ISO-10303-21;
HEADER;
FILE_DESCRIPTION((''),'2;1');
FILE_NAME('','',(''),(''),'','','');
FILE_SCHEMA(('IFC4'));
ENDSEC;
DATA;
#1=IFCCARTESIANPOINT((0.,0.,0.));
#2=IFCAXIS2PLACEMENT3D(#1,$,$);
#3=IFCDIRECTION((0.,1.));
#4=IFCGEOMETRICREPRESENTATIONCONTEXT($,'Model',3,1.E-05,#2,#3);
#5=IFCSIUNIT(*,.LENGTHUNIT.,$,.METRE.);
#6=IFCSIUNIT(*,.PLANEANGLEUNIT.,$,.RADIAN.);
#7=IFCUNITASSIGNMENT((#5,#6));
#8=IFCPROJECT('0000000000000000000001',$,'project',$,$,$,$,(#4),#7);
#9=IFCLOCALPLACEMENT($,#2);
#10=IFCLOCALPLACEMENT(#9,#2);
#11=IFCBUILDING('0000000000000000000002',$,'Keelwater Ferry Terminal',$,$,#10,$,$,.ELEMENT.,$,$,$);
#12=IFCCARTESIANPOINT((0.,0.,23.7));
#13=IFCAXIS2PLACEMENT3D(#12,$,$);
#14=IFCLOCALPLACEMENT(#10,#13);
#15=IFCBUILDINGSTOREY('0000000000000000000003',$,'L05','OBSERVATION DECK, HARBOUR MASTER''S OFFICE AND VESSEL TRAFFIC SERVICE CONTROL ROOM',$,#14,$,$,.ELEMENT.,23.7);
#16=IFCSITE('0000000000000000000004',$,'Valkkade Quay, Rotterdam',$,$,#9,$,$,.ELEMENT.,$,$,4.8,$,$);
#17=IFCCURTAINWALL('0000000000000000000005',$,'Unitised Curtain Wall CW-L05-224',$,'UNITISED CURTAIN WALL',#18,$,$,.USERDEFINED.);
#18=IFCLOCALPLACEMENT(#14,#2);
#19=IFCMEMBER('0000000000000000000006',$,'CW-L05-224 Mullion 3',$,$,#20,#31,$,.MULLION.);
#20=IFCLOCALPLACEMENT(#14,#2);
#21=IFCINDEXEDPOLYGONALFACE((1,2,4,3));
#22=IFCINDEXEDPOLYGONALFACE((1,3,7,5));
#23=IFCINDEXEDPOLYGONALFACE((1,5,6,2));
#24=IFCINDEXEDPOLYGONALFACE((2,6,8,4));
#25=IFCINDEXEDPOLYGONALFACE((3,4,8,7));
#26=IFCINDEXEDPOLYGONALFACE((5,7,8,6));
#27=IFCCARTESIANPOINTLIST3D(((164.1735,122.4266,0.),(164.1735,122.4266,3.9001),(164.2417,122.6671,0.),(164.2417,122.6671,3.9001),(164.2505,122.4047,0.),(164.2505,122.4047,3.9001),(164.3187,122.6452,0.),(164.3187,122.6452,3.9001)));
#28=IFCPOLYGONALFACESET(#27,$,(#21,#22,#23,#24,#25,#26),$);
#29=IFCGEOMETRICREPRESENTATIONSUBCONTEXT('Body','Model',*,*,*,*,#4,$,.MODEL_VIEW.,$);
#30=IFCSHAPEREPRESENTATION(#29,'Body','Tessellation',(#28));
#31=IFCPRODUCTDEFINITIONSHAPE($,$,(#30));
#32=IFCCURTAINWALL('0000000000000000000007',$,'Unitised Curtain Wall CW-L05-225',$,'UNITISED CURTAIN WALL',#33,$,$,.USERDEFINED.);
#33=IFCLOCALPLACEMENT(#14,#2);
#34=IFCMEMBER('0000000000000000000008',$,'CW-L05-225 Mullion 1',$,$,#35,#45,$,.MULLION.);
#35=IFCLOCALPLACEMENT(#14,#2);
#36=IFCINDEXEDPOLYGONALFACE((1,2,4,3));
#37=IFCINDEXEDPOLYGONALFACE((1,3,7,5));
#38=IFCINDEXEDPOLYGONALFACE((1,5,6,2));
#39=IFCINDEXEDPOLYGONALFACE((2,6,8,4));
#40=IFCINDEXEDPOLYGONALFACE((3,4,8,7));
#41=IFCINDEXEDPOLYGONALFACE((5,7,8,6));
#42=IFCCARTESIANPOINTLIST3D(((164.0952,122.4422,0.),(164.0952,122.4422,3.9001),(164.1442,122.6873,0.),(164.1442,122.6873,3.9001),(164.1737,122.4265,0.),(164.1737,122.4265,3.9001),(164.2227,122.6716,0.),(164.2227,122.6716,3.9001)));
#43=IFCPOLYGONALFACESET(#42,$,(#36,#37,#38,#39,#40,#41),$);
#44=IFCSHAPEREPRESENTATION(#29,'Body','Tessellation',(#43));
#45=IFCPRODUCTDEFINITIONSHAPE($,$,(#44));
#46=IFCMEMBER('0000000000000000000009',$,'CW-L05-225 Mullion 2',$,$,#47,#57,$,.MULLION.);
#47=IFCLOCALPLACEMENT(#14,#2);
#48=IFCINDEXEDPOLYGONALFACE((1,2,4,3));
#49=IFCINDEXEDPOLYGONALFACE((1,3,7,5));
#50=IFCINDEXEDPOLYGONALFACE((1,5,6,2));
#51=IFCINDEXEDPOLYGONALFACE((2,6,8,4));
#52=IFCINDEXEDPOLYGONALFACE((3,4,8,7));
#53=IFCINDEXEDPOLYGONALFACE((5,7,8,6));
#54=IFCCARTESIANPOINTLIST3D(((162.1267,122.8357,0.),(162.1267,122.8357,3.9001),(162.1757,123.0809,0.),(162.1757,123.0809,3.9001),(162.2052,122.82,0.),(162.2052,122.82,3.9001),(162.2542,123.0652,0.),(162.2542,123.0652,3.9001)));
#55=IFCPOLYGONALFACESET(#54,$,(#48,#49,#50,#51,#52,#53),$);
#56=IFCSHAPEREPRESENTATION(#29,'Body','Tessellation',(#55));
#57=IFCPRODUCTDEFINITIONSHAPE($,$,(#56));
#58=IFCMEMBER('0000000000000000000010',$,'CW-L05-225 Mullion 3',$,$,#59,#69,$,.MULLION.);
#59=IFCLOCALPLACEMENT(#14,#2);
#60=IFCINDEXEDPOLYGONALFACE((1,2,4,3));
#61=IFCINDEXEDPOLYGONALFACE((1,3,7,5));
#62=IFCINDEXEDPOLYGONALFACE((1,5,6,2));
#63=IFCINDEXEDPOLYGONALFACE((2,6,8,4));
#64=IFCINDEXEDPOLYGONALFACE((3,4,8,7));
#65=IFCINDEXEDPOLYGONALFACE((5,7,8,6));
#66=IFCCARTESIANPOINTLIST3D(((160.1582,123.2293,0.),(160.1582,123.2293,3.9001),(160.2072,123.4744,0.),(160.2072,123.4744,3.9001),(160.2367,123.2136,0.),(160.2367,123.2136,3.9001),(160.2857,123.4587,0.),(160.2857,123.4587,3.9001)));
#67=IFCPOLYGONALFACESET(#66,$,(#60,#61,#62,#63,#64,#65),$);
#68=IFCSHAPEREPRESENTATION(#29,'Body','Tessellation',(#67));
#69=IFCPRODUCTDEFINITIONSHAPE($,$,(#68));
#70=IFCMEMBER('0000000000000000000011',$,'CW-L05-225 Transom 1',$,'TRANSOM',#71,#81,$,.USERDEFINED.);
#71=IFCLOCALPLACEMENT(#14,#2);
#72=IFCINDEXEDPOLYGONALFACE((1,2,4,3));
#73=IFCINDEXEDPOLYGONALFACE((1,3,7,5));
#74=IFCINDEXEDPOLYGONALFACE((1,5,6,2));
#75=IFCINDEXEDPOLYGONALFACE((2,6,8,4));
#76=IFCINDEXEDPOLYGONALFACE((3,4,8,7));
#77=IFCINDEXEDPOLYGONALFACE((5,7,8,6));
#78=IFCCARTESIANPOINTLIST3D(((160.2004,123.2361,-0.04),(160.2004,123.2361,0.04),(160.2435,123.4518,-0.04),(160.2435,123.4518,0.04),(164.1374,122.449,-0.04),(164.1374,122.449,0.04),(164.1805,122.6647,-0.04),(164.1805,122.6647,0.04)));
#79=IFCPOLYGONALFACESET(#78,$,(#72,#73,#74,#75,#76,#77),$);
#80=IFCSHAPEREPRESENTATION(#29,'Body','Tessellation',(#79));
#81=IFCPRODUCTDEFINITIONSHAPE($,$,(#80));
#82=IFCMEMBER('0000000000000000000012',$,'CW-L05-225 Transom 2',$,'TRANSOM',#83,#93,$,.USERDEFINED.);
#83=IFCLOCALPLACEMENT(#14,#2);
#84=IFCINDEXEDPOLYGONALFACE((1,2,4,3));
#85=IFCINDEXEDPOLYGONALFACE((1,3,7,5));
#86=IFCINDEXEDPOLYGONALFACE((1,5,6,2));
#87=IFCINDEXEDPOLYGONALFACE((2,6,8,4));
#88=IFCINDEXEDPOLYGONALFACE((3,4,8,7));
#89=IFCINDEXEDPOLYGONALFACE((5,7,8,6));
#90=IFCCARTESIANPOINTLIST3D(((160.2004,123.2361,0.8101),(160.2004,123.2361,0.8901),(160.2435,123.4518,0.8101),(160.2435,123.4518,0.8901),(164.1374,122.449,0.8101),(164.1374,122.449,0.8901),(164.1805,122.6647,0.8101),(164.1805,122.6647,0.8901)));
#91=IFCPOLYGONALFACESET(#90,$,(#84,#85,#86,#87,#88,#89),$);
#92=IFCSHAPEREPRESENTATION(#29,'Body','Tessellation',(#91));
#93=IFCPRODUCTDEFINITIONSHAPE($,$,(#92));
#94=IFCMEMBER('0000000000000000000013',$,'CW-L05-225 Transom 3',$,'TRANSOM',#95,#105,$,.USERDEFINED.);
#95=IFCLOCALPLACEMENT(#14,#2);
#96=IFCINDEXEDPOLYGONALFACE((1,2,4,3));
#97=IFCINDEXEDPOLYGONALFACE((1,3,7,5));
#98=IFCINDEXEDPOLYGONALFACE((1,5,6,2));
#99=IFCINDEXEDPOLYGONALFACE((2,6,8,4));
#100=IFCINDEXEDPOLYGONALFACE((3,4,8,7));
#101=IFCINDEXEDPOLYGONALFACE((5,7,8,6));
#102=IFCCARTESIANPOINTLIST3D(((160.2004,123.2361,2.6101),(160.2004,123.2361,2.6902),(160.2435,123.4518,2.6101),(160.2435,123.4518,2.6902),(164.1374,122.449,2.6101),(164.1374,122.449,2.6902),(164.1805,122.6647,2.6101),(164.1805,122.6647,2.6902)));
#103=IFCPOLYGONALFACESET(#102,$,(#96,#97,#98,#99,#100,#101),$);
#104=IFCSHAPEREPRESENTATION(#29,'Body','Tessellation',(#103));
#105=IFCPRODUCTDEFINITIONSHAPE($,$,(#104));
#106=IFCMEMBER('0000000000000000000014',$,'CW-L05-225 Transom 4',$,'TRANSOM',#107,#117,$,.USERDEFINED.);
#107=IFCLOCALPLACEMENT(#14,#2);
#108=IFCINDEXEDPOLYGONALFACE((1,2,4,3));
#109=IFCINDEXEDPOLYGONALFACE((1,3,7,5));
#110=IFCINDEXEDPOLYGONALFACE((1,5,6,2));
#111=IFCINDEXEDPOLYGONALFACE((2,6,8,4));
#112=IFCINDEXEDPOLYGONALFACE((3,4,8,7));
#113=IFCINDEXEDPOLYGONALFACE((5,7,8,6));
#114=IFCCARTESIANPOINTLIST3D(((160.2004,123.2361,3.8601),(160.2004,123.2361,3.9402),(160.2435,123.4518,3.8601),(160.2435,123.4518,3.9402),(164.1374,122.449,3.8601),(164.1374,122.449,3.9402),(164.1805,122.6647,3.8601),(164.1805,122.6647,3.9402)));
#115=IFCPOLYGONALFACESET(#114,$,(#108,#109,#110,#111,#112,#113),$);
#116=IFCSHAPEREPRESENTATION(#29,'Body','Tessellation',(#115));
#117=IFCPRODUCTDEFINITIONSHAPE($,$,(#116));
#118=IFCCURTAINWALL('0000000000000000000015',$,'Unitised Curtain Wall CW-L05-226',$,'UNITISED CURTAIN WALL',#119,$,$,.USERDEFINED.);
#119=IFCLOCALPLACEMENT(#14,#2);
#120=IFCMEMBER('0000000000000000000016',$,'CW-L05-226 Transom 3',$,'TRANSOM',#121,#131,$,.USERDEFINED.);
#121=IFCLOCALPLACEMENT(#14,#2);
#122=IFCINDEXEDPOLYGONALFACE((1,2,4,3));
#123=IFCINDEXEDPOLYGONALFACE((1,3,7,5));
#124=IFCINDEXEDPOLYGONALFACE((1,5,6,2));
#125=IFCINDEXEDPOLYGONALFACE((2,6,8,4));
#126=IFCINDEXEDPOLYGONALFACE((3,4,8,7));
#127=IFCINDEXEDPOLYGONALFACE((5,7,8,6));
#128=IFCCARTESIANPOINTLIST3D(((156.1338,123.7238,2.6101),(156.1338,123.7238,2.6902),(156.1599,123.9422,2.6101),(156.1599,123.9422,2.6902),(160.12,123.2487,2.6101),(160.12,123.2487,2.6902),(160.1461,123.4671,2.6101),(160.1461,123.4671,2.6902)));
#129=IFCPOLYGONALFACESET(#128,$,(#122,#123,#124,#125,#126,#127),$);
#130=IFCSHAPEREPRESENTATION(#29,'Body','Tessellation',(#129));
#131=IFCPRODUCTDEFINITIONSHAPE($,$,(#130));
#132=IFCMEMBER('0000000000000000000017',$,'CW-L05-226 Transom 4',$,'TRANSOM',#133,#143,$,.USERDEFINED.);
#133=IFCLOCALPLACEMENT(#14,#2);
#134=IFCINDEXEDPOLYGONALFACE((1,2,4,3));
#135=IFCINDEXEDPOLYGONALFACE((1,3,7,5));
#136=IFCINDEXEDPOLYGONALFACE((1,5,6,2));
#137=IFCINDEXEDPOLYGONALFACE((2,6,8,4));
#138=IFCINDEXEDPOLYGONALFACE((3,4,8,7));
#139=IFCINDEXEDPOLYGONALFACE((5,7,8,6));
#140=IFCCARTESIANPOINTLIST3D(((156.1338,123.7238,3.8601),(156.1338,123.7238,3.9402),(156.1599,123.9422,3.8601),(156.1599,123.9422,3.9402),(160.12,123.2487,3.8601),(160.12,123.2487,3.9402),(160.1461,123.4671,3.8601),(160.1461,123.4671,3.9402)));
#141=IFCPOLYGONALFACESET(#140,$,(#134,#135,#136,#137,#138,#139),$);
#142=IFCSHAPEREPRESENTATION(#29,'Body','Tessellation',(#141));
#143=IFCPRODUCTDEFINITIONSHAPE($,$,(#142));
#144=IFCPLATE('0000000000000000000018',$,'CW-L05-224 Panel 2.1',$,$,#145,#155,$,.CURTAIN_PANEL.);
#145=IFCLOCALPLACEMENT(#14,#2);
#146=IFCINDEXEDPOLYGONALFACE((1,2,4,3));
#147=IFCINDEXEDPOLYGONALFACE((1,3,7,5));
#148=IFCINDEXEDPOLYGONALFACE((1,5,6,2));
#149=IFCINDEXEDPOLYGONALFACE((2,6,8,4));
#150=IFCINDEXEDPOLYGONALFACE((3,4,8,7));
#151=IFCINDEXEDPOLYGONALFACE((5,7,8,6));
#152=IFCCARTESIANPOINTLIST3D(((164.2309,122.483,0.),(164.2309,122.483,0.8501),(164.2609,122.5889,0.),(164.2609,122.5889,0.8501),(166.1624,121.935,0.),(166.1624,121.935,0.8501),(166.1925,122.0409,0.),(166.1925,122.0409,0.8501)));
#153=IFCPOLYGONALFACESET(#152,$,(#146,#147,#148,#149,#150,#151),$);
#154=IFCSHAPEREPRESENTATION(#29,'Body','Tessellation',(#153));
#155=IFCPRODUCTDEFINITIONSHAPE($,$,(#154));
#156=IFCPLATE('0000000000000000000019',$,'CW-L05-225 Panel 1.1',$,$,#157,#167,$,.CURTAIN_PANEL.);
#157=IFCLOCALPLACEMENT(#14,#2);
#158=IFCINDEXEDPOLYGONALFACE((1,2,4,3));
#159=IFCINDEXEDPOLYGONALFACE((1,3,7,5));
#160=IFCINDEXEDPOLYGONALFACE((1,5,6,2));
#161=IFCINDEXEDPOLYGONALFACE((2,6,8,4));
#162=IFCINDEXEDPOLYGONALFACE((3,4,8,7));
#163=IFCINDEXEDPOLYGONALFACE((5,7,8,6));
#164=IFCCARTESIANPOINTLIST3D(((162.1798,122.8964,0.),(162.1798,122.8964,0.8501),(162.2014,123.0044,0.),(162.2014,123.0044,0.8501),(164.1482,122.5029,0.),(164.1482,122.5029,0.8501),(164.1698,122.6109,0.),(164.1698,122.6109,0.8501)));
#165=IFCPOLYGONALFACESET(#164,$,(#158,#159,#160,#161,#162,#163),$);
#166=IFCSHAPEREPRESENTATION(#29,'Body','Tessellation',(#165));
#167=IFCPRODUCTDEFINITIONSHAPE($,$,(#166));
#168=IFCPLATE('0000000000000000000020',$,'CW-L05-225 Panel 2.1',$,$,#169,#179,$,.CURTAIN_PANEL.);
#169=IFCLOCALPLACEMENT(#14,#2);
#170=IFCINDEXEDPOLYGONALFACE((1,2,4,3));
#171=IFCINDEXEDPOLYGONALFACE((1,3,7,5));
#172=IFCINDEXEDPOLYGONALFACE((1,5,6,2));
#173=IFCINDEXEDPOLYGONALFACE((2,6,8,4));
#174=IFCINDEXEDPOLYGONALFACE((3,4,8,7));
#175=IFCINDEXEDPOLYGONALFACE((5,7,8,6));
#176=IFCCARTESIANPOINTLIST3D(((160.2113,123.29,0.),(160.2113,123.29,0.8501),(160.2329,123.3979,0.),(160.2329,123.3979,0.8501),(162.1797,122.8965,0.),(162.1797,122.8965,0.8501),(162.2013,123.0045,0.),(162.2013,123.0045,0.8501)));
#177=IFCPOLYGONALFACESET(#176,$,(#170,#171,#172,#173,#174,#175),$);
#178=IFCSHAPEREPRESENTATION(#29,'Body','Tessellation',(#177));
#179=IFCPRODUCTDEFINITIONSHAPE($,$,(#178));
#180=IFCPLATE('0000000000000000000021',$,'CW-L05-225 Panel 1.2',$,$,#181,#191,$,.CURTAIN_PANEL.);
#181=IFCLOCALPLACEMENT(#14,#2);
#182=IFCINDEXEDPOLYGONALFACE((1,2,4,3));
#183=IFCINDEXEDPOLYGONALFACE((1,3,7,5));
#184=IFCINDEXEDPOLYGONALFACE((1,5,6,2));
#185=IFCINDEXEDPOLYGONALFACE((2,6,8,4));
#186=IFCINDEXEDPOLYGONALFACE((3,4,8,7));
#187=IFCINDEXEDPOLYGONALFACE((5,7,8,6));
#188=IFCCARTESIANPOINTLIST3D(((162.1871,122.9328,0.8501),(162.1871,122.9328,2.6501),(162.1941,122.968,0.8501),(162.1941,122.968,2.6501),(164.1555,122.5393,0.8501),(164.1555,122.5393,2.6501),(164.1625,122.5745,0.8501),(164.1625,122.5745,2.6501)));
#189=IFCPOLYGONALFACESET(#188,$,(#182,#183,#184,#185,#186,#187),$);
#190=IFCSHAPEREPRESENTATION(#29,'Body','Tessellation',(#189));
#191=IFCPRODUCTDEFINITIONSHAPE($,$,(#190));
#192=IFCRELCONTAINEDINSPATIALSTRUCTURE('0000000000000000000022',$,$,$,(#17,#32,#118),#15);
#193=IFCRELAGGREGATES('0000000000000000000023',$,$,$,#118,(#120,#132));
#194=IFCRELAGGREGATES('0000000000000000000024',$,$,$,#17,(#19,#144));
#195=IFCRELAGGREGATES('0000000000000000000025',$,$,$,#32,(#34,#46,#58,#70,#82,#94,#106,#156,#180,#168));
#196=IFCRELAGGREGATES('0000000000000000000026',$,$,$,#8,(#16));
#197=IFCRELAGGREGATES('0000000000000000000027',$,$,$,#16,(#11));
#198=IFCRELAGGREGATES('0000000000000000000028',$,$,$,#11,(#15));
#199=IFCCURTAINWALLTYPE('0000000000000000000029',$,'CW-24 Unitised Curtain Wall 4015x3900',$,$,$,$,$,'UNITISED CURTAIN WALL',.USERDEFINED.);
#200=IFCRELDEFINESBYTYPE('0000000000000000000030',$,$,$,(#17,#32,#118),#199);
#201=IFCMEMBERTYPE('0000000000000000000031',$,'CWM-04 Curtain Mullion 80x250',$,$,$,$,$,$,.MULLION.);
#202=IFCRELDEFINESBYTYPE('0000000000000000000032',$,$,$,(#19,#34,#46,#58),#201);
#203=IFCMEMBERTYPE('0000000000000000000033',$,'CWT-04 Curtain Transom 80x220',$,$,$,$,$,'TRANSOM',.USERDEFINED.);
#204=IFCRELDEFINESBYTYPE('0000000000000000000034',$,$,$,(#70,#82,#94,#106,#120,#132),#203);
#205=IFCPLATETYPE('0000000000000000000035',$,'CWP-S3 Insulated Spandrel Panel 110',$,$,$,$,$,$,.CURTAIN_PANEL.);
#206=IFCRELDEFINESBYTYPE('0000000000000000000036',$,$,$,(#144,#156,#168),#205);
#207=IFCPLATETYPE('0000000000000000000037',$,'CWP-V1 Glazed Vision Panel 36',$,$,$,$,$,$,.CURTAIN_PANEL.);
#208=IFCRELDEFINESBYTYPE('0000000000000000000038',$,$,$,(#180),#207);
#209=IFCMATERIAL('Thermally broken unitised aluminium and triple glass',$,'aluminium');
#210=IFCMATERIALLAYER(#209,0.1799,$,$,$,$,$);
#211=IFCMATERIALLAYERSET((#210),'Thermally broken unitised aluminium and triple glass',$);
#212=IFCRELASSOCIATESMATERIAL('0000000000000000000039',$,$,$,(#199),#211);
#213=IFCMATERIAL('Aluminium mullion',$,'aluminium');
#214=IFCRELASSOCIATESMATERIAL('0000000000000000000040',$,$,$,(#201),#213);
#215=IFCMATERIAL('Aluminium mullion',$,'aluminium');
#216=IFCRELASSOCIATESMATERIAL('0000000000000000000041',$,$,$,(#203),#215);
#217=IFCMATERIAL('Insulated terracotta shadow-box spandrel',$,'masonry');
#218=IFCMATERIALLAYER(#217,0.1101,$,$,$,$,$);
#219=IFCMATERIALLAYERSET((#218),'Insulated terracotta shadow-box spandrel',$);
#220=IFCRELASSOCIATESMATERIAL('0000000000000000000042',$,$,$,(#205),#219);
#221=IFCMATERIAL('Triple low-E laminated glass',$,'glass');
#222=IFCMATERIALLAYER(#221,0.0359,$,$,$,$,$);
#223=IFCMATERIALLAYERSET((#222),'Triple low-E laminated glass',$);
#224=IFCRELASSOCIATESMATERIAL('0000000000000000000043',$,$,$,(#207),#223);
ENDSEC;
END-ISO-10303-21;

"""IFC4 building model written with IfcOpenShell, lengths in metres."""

from ifc_helpers import new_model, si_unit, direction, frame, origin, origin_2d, place, context, subcontext, project, spatial, rectangle, extrude, material, layer, layer_set, material_profile, profile_set, type_object, element, aggregate, save


model = new_model("IFC4")

# Units and contexts
model_context = context("Model", 3, precision=1e-05, world=origin(), true_north=direction((0.0, 1.0)))
body_context = subcontext(model_context, "Body", "Model", "MODEL_VIEW")
ifc_project = project(units=[si_unit("LENGTHUNIT", "METRE"), si_unit("PLANEANGLEUNIT", "RADIAN")], contexts=[model_context])

# Site, building, storey
site_placement = place(None, origin())
site = spatial("IfcSite", under=ifc_project, at=site_placement, Name="Valkkade Quay, Rotterdam", CompositionType="ELEMENT", RefElevation=4.8)
building_placement = place(site_placement, origin())
building = spatial("IfcBuilding", under=site, at=building_placement, Name="Keelwater Ferry Terminal", CompositionType="ELEMENT")
storey_placement = place(building_placement, frame((0.0, 0.0, 23.7)))
storey = spatial("IfcBuildingStorey", under=building, at=storey_placement, Name="L05", Description="OBSERVATION DECK, HARBOUR MASTER'S OFFICE AND VESSEL TRAFFIC SERVICE CONTROL ROOM", CompositionType="ELEMENT", Elevation=23.7)

# Curtain wall, member
ifc_material_1 = material(Name="Thermally broken unitised aluminium and triple glass", Category="aluminium")
ifc_layer_1 = layer(ifc_material_1, 0.1799)
ifc_layer_set_1 = layer_set([ifc_layer_1], Name="Thermally broken unitised aluminium and triple glass")
curtain_wall_type = type_object("IfcCurtainWallType", Name="CW-24 Unitised Curtain Wall 4015x3900", ElementType="UNITISED CURTAIN WALL", PredefinedType="USERDEFINED", material=ifc_layer_set_1)
curtain_wall_1_placement = place(storey_placement, origin())
curtain_wall_1 = element("IfcCurtainWall", 1, at=curtain_wall_1_placement, inside=storey, type_object=curtain_wall_type, Name="Unitised Curtain Wall CW-L05-224", ObjectType="UNITISED CURTAIN WALL", PredefinedType="USERDEFINED")
ifc_material_2 = material(Name="Aluminium mullion", Category="aluminium")
ifc_material_profile_1 = material_profile(ifc_material_2, rectangle(XDim=0.0801, YDim=0.25, at=origin_2d()), Name="CWM-04")
ifc_profile_set_1 = profile_set([ifc_material_profile_1], Name="Aluminium mullion")
member_type_1 = type_object("IfcMemberType", Name="CWM-04 Curtain Mullion 80x250", PredefinedType="MULLION", material=ifc_profile_set_1)
member_1_placement = place(storey_placement, frame((164.2461, 122.5359, 0.0), z_axis=(0.0, 0.0, 1.0), x_axis=(-0.96203, 0.272945, 0.0)))
member_1 = element("IfcMember", 2, at=member_1_placement, type_object=member_type_1, Name="CW-L05-224 Mullion 3", PredefinedType="MULLION", context=body_context, shape_type="SweptSolid", body=[
    extrude(rectangle(XDim=0.0801, YDim=0.25, at=origin_2d()), origin(), (0.0, 0.0, 1.0), 3.9001),
])

# Curtain walls, members
curtain_wall_2_placement = place(storey_placement, origin())
curtain_wall_2 = element("IfcCurtainWall", 3, at=curtain_wall_2_placement, inside=storey, type_object=curtain_wall_type, Name="Unitised Curtain Wall CW-L05-225", ObjectType="UNITISED CURTAIN WALL", PredefinedType="USERDEFINED")
member_2_placement = place(storey_placement, frame((164.1589, 122.5569, 0.0), z_axis=(0.0, 0.0, 1.0), x_axis=(-0.9806, 0.19602, 0.0)))
member_2 = element("IfcMember", 4, at=member_2_placement, type_object=member_type_1, Name="CW-L05-225 Mullion 1", PredefinedType="MULLION", context=body_context, shape_type="SweptSolid", body=[
    extrude(rectangle(XDim=0.0801, YDim=0.25, at=origin_2d()), origin(), (0.0, 0.0, 1.0), 3.9001),
])
member_3_placement = place(storey_placement, frame((162.1904, 122.9504, 0.0), z_axis=(0.0, 0.0, 1.0), x_axis=(-0.9806, 0.19602, 0.0)))
member_3 = element("IfcMember", 5, at=member_3_placement, type_object=member_type_1, Name="CW-L05-225 Mullion 2", PredefinedType="MULLION", context=body_context, shape_type="SweptSolid", body=[
    extrude(rectangle(XDim=0.0801, YDim=0.25, at=origin_2d()), origin(), (0.0, 0.0, 1.0), 3.9001),
])
member_4_placement = place(storey_placement, frame((160.2219, 123.344, 0.0), z_axis=(0.0, 0.0, 1.0), x_axis=(-0.9806, 0.19602, 0.0)))
member_4 = element("IfcMember", 6, at=member_4_placement, type_object=member_type_1, Name="CW-L05-225 Mullion 3", PredefinedType="MULLION", context=body_context, shape_type="SweptSolid", body=[
    extrude(rectangle(XDim=0.0801, YDim=0.25, at=origin_2d()), origin(), (0.0, 0.0, 1.0), 3.9001),
])
ifc_material_3 = material(Name="Aluminium mullion", Category="aluminium")
ifc_material_profile_2 = material_profile(ifc_material_3, rectangle(XDim=0.22, YDim=0.0801, at=origin_2d()), Name="CWT-04")
ifc_profile_set_2 = profile_set([ifc_material_profile_2], Name="Aluminium mullion")
member_type_2 = type_object("IfcMemberType", Name="CWT-04 Curtain Transom 80x220", ElementType="TRANSOM", PredefinedType="USERDEFINED", material=ifc_profile_set_2)
member_5_placement = place(storey_placement, frame((164.1589, 122.5569, 0.0), z_axis=(-0.980595, 0.196046, 0.0), x_axis=(-0.196046, -0.980595, 0.0)))
member_5 = element("IfcMember", 7, at=member_5_placement, type_object=member_type_2, Name="CW-L05-225 Transom 1", ObjectType="TRANSOM", PredefinedType="USERDEFINED", context=body_context, shape_type="SweptSolid", body=[
    extrude(rectangle(XDim=0.22, YDim=0.0801, at=origin_2d()), origin(), (0.0, 0.0, 1.0), 4.0149),
])
member_6_placement = place(storey_placement, frame((164.1589, 122.5569, 0.8501), z_axis=(-0.980595, 0.196046, 0.0), x_axis=(-0.196046, -0.980595, 0.0)))
member_6 = element("IfcMember", 8, at=member_6_placement, type_object=member_type_2, Name="CW-L05-225 Transom 2", ObjectType="TRANSOM", PredefinedType="USERDEFINED", context=body_context, shape_type="SweptSolid", body=[
    extrude(rectangle(XDim=0.22, YDim=0.0801, at=origin_2d()), origin(), (0.0, 0.0, 1.0), 4.0149),
])
member_7_placement = place(storey_placement, frame((164.1589, 122.5569, 2.6501), z_axis=(-0.980595, 0.196046, 0.0), x_axis=(-0.196046, -0.980595, 0.0)))
member_7 = element("IfcMember", 9, at=member_7_placement, type_object=member_type_2, Name="CW-L05-225 Transom 3", ObjectType="TRANSOM", PredefinedType="USERDEFINED", context=body_context, shape_type="SweptSolid", body=[
    extrude(rectangle(XDim=0.22, YDim=0.0801, at=origin_2d()), origin(), (0.0, 0.0, 1.0), 4.0149),
])
member_8_placement = place(storey_placement, frame((164.1589, 122.5569, 3.9001), z_axis=(-0.980595, 0.196046, 0.0), x_axis=(-0.196046, -0.980595, 0.0)))
member_8 = element("IfcMember", 10, at=member_8_placement, type_object=member_type_2, Name="CW-L05-225 Transom 4", ObjectType="TRANSOM", PredefinedType="USERDEFINED", context=body_context, shape_type="SweptSolid", body=[
    extrude(rectangle(XDim=0.22, YDim=0.0801, at=origin_2d()), origin(), (0.0, 0.0, 1.0), 4.0149),
])
curtain_wall_3_placement = place(storey_placement, origin())
curtain_wall_3 = element("IfcCurtainWall", 11, at=curtain_wall_3_placement, inside=storey, type_object=curtain_wall_type, Name="Unitised Curtain Wall CW-L05-226", ObjectType="UNITISED CURTAIN WALL", PredefinedType="USERDEFINED")
member_9_placement = place(storey_placement, frame((160.1331, 123.3579, 2.6501), z_axis=(-0.992972, 0.118351, 0.0), x_axis=(-0.118351, -0.992972, 0.0)))
member_9 = element("IfcMember", 12, at=member_9_placement, type_object=member_type_2, Name="CW-L05-226 Transom 3", ObjectType="TRANSOM", PredefinedType="USERDEFINED", context=body_context, shape_type="SweptSolid", body=[
    extrude(rectangle(XDim=0.22, YDim=0.0801, at=origin_2d()), origin(), (0.0, 0.0, 1.0), 4.0144),
])
member_10_placement = place(storey_placement, frame((160.1331, 123.3579, 3.9001), z_axis=(-0.992972, 0.118351, 0.0), x_axis=(-0.118351, -0.992972, 0.0)))
member_10 = element("IfcMember", 13, at=member_10_placement, type_object=member_type_2, Name="CW-L05-226 Transom 4", ObjectType="TRANSOM", PredefinedType="USERDEFINED", context=body_context, shape_type="SweptSolid", body=[
    extrude(rectangle(XDim=0.22, YDim=0.0801, at=origin_2d()), origin(), (0.0, 0.0, 1.0), 4.0144),
])
aggregate(curtain_wall_3, [member_9, member_10])

# Plates
ifc_material_4 = material(Name="Insulated terracotta shadow-box spandrel", Category="masonry")
ifc_layer_2 = layer(ifc_material_4, 0.1101)
ifc_layer_set_2 = layer_set([ifc_layer_2], Name="Insulated terracotta shadow-box spandrel")
plate_type_1 = type_object("IfcPlateType", Name="CWP-S3 Insulated Spandrel Panel 110", PredefinedType="CURTAIN_PANEL", material=ifc_layer_set_2)
plate_1_placement = place(storey_placement, frame((165.2117, 122.262, 0.0), z_axis=(0.0, 0.0, 1.0), x_axis=(-0.96203, 0.272945, 0.0)))
plate_1 = element("IfcPlate", 14, at=plate_1_placement, type_object=plate_type_1, Name="CW-L05-224 Panel 2.1", PredefinedType="CURTAIN_PANEL", context=body_context, shape_type="SweptSolid", body=[
    extrude(rectangle(XDim=2.0078, YDim=0.1101, at=origin_2d()), origin(), (0.0, 0.0, 1.0), 0.8501),
])
aggregate(curtain_wall_1, [member_1, plate_1])
plate_2_placement = place(storey_placement, frame((163.1748, 122.7537, 0.0), z_axis=(0.0, 0.0, 1.0), x_axis=(-0.9806, 0.19602, 0.0)))
plate_2 = element("IfcPlate", 15, at=plate_2_placement, type_object=plate_type_1, Name="CW-L05-225 Panel 1.1", PredefinedType="CURTAIN_PANEL", context=body_context, shape_type="SweptSolid", body=[
    extrude(rectangle(XDim=2.0073, YDim=0.1101, at=origin_2d()), origin(), (0.0, 0.0, 1.0), 0.8501),
])
plate_3_placement = place(storey_placement, frame((161.2063, 123.1472, 0.0), z_axis=(0.0, 0.0, 1.0), x_axis=(-0.9806, 0.19602, 0.0)))
plate_3 = element("IfcPlate", 16, at=plate_3_placement, type_object=plate_type_1, Name="CW-L05-225 Panel 2.1", PredefinedType="CURTAIN_PANEL", context=body_context, shape_type="SweptSolid", body=[
    extrude(rectangle(XDim=2.0073, YDim=0.1101, at=origin_2d()), origin(), (0.0, 0.0, 1.0), 0.8501),
])
ifc_material_5 = material(Name="Triple low-E laminated glass", Category="glass")
ifc_layer_3 = layer(ifc_material_5, 0.0359)
ifc_layer_set_3 = layer_set([ifc_layer_3], Name="Triple low-E laminated glass")
plate_type_2 = type_object("IfcPlateType", Name="CWP-V1 Glazed Vision Panel 36", PredefinedType="CURTAIN_PANEL", material=ifc_layer_set_3)
plate_4_placement = place(storey_placement, frame((163.1748, 122.7537, 0.8501), z_axis=(0.0, 0.0, 1.0), x_axis=(-0.9806, 0.19602, 0.0)))
plate_4 = element("IfcPlate", 17, at=plate_4_placement, type_object=plate_type_2, Name="CW-L05-225 Panel 1.2", PredefinedType="CURTAIN_PANEL", context=body_context, shape_type="SweptSolid", body=[
    extrude(rectangle(XDim=2.0073, YDim=0.0359, at=origin_2d()), origin(), (0.0, 0.0, 1.0), 1.8),
])
aggregate(curtain_wall_2, [member_2, member_3, member_4, member_5, member_6, member_7, member_8, plate_2, plate_4, plate_3])

save(model, "model.ifc")
